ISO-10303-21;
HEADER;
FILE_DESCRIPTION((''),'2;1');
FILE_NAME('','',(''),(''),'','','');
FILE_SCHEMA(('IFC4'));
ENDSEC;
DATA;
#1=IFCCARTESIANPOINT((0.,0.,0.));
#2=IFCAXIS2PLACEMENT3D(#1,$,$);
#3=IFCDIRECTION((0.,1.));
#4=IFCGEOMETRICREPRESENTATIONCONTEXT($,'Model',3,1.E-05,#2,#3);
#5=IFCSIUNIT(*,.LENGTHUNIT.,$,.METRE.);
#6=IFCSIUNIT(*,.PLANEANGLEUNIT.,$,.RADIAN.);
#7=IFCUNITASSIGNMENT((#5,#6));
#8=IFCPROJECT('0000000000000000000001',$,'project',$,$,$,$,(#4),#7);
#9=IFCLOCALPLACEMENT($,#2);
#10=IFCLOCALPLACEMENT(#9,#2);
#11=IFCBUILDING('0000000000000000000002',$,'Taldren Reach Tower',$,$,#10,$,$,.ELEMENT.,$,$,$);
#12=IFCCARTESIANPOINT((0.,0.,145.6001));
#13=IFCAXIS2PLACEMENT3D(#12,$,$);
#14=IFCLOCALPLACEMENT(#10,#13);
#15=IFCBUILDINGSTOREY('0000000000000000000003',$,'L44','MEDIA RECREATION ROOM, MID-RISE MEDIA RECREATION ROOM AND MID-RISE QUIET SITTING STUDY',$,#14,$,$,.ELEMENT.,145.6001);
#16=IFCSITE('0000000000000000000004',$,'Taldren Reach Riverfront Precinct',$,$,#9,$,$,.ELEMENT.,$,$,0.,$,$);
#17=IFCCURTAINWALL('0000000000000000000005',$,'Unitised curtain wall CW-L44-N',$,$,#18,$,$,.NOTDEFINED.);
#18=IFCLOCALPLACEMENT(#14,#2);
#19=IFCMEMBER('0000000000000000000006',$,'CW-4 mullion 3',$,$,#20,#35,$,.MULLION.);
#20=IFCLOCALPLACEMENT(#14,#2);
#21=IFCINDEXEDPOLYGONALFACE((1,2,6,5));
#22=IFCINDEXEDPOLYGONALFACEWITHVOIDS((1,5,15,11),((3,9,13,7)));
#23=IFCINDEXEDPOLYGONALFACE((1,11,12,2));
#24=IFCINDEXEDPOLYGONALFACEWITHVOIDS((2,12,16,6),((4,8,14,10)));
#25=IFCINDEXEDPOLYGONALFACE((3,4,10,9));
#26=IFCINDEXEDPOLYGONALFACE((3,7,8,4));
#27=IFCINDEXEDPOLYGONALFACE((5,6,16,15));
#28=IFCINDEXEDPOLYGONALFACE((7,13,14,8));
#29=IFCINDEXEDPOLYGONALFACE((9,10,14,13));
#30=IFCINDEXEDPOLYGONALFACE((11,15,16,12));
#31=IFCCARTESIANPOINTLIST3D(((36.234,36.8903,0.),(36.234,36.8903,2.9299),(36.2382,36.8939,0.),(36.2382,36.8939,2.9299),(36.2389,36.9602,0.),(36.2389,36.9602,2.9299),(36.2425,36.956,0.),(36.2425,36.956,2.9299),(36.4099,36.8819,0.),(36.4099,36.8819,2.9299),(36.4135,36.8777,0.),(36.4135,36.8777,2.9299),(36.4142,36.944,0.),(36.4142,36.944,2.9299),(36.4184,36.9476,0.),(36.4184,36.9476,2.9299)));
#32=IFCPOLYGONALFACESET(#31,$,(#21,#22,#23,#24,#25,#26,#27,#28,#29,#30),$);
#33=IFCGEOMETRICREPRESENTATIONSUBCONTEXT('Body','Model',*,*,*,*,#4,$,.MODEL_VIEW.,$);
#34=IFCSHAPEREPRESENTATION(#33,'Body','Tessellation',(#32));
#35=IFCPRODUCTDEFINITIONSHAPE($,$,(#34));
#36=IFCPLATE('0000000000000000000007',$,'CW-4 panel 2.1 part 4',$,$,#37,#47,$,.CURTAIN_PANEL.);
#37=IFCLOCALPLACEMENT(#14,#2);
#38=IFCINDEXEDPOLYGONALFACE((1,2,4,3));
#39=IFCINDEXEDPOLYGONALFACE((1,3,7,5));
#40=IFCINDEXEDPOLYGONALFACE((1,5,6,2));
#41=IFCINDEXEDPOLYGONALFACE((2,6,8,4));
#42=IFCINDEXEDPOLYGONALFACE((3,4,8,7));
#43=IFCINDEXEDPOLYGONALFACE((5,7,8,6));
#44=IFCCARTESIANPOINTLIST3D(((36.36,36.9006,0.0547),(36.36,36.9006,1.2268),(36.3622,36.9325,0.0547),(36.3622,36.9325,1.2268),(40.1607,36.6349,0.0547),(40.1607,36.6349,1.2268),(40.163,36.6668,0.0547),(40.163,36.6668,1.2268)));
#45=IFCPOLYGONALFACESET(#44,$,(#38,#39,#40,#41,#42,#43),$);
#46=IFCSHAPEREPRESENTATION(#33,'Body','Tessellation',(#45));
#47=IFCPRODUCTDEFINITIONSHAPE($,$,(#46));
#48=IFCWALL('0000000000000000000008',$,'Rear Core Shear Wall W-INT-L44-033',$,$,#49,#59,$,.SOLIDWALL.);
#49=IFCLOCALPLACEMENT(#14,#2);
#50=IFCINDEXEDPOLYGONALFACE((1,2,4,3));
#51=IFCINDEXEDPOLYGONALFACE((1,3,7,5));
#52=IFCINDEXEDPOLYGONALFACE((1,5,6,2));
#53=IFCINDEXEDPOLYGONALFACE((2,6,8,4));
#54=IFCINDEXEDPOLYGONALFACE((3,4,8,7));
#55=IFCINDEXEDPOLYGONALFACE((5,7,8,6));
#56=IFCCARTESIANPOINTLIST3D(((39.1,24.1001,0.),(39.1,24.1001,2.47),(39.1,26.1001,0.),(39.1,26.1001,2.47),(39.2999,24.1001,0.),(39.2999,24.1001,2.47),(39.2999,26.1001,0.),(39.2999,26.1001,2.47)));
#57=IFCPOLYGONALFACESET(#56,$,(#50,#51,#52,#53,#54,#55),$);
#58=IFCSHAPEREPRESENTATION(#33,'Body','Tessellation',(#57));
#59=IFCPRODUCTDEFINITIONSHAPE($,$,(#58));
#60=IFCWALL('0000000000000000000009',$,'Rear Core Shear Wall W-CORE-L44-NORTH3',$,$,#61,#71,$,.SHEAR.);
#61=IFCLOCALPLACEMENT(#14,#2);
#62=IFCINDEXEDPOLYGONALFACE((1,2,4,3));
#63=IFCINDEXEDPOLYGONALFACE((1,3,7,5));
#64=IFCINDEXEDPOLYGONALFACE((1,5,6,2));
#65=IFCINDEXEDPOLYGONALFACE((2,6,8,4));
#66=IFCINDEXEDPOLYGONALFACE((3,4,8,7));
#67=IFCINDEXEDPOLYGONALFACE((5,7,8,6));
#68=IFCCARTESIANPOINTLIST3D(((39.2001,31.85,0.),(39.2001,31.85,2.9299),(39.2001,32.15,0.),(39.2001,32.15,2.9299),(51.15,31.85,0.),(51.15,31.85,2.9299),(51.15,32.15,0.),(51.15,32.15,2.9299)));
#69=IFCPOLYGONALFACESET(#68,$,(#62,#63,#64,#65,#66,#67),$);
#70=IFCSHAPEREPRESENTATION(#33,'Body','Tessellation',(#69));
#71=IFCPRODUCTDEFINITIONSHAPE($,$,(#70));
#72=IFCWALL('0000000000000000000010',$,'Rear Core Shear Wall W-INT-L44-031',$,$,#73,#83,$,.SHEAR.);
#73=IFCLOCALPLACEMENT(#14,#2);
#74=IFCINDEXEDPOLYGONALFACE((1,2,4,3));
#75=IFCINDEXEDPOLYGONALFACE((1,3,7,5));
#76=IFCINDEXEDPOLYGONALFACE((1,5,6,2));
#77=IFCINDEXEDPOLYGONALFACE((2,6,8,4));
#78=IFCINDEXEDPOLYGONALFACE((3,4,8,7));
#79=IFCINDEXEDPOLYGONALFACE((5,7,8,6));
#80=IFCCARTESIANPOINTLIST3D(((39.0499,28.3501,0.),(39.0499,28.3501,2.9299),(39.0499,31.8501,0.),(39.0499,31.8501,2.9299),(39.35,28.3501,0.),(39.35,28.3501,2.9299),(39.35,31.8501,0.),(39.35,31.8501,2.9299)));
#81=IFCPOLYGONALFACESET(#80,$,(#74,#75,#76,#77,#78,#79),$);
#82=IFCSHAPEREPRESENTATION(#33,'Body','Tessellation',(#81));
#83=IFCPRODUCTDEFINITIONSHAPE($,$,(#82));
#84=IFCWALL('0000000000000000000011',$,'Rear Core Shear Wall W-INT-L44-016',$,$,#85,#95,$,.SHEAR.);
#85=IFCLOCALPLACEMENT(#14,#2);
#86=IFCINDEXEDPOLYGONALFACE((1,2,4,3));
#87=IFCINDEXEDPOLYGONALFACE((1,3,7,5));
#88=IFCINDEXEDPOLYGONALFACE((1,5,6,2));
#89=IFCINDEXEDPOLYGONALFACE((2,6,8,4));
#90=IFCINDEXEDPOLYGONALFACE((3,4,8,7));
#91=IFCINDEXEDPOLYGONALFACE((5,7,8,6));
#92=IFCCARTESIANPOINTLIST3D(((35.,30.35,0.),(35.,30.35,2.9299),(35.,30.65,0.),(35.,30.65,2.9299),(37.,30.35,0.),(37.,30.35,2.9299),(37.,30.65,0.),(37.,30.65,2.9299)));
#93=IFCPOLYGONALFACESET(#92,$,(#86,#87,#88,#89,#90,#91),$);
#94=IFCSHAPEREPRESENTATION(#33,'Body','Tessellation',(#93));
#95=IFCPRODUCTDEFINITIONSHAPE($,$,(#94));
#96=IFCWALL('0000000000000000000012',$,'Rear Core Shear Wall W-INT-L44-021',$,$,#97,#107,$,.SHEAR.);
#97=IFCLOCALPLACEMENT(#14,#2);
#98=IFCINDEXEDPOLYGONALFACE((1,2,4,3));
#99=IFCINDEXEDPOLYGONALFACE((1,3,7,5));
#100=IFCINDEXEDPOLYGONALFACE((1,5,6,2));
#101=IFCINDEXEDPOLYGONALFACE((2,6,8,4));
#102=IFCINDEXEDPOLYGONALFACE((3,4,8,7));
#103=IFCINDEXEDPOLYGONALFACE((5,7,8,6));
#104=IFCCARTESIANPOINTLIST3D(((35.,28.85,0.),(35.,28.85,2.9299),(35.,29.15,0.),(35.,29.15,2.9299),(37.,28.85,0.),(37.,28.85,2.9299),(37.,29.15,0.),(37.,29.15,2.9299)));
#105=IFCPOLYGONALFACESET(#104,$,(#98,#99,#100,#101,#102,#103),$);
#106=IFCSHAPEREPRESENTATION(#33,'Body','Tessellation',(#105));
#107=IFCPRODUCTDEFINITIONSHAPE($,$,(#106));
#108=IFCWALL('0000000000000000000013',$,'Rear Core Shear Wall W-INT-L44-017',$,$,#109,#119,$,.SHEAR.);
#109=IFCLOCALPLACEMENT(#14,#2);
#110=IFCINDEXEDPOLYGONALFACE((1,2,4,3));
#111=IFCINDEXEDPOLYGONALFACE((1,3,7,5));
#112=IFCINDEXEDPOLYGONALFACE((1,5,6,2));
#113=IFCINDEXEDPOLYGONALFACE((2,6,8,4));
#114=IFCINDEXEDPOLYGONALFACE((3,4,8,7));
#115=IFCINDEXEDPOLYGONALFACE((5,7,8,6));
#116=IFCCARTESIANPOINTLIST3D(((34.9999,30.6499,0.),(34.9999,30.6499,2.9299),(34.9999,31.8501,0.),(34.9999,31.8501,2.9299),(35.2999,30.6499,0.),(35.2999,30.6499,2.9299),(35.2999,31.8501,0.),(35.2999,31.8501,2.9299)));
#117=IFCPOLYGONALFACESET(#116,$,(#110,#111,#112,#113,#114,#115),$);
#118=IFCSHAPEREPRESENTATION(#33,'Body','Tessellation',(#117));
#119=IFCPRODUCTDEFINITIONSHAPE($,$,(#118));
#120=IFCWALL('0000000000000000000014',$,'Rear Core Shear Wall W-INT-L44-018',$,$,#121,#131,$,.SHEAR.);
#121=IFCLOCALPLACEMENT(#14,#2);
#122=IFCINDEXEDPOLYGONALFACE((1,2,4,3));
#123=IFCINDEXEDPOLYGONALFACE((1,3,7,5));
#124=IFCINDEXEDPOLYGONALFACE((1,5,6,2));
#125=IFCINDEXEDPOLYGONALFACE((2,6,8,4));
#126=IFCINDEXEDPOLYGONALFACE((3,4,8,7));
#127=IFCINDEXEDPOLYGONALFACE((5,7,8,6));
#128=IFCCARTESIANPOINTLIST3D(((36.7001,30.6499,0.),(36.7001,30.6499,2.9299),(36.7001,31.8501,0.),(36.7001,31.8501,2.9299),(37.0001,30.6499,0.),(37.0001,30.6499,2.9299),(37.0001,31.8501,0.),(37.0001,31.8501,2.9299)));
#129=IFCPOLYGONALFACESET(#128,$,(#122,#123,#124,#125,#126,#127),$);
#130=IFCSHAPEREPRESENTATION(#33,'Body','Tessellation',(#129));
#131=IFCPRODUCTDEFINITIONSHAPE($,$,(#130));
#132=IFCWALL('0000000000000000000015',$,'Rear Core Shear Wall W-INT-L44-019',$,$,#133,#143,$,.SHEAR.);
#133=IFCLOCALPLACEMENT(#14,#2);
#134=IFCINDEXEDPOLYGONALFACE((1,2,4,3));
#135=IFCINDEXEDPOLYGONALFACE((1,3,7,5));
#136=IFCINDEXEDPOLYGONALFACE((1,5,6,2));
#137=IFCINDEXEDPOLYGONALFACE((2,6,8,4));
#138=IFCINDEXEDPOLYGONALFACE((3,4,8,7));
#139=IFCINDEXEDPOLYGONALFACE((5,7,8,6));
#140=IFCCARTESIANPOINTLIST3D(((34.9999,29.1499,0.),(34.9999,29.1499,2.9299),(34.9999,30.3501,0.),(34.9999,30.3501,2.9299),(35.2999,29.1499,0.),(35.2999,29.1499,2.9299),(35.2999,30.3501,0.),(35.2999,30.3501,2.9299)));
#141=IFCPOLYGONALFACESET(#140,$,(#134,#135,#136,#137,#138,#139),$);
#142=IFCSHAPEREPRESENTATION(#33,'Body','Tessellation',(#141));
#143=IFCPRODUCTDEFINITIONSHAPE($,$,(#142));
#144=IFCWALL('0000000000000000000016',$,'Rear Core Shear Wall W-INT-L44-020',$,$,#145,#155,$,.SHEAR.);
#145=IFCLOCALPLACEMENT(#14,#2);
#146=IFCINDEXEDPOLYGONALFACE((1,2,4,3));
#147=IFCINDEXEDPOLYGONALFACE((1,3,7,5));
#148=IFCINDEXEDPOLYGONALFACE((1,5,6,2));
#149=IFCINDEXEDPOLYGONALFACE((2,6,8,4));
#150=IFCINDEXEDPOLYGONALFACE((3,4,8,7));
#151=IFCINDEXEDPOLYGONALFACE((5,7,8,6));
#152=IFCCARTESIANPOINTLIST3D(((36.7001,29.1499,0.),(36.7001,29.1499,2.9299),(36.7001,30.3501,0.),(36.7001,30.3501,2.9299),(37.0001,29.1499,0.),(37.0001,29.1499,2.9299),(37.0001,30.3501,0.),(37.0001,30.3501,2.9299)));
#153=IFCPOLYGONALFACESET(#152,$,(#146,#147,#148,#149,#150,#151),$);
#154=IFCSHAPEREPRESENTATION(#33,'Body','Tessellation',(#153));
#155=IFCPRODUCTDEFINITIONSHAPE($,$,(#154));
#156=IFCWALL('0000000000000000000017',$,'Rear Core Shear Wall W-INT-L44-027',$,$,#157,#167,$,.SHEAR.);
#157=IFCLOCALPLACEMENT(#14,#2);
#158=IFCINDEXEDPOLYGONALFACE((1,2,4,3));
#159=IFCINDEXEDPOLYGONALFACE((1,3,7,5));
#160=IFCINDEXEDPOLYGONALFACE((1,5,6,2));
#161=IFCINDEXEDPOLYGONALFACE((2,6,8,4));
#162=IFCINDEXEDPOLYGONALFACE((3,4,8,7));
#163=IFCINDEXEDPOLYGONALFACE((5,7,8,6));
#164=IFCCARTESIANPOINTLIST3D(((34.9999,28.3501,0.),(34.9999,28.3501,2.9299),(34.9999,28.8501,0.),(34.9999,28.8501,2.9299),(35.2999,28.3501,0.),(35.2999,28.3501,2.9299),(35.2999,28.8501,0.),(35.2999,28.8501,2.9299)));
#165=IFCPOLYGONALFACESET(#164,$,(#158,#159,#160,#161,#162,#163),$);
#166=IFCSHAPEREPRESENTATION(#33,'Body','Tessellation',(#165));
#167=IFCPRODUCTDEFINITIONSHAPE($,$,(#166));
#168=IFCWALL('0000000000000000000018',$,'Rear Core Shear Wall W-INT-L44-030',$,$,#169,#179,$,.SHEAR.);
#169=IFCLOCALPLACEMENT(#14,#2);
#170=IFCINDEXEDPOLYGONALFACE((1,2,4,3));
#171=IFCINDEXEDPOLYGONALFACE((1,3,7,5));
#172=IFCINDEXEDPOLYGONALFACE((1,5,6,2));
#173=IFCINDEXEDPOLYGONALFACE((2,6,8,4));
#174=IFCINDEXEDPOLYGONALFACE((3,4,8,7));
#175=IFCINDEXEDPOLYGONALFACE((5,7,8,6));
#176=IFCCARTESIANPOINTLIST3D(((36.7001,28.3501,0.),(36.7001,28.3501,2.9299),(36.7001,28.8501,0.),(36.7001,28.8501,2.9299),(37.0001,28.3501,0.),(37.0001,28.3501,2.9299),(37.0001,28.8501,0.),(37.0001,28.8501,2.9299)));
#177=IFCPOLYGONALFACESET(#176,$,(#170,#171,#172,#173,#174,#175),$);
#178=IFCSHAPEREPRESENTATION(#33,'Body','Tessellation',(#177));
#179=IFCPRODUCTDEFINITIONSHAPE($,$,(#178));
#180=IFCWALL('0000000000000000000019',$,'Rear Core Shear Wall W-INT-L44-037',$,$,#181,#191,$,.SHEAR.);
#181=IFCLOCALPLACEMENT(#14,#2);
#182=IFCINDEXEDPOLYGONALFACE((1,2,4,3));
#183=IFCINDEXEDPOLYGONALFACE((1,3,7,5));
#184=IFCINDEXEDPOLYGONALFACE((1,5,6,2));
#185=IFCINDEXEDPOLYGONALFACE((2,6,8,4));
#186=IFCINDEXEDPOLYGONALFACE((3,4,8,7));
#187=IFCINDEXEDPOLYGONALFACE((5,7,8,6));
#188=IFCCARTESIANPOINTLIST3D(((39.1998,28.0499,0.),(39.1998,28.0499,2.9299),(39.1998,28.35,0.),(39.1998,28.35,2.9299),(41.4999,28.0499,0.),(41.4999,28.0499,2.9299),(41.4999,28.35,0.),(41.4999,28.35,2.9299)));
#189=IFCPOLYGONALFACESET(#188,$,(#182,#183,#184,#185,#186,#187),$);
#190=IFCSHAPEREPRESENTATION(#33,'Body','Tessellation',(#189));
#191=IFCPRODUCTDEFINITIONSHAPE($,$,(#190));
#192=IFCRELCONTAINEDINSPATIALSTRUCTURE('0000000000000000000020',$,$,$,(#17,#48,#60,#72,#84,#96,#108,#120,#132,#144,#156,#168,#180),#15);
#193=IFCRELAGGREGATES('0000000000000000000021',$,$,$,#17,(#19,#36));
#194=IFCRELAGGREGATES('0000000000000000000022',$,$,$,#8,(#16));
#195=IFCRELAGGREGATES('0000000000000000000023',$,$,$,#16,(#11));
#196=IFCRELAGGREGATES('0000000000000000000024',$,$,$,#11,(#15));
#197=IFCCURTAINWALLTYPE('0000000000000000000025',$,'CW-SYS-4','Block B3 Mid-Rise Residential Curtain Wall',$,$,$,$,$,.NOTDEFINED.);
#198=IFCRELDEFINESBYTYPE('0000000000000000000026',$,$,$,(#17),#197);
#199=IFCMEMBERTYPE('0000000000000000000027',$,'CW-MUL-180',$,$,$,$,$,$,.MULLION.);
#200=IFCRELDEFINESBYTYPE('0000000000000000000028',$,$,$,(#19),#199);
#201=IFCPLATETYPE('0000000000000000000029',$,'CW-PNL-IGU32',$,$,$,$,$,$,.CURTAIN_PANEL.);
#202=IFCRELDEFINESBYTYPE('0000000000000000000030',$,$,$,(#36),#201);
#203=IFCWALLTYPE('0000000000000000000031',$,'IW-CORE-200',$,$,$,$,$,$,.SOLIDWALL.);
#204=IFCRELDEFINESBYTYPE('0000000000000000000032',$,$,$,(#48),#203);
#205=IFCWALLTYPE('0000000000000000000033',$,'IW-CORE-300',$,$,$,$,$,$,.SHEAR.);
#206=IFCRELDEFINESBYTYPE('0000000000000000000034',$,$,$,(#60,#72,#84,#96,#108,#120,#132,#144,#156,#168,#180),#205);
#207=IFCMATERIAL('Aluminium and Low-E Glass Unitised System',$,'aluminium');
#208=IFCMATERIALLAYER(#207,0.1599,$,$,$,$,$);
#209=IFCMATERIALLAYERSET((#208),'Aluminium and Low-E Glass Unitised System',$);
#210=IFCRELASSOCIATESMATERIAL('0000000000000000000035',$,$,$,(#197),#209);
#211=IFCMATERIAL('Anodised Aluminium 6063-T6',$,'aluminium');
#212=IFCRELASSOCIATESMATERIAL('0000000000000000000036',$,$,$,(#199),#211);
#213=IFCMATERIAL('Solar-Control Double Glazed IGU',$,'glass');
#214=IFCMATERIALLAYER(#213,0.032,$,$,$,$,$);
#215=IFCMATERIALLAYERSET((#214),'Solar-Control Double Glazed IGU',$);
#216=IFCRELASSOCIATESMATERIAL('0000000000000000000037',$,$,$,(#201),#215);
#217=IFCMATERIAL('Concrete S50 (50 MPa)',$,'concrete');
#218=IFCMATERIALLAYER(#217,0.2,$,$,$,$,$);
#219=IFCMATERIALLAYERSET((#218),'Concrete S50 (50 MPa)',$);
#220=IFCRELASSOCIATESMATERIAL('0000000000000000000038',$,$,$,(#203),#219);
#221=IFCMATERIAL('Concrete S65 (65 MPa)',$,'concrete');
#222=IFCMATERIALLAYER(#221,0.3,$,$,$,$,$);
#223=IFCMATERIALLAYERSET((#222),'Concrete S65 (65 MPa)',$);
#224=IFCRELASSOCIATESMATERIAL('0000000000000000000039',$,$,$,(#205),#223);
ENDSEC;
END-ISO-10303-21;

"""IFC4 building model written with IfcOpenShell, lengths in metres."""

from ifc_helpers import new_model, si_unit, direction, frame, frame_2d, origin, origin_2d, place, context, subcontext, project, spatial, rectangle, hollow_rectangle, extrude, source, transform, mapped, material, layer, layer_set, material_profile, profile_set, type_object, element, aggregate, save


model = new_model("IFC4")

# Units and contexts
model_context = context("Model", 3, precision=1e-05, world=origin(), true_north=direction((0.0, 1.0)))
body_context = subcontext(model_context, "Body", "Model", "MODEL_VIEW")
ifc_project = project(units=[si_unit("LENGTHUNIT", "METRE"), si_unit("PLANEANGLEUNIT", "RADIAN")], contexts=[model_context])

# Site, building, storey
site_placement = place(None, origin())
site = spatial("IfcSite", under=ifc_project, at=site_placement, Name="Taldren Reach Riverfront Precinct", CompositionType="ELEMENT", RefElevation=0.0)
building_placement = place(site_placement, origin())
building = spatial("IfcBuilding", under=site, at=building_placement, Name="Taldren Reach Tower", CompositionType="ELEMENT")
storey_placement = place(building_placement, frame((0.0, 0.0, 145.6001)))
storey = spatial("IfcBuildingStorey", under=building, at=storey_placement, Name="L44", Description="MEDIA RECREATION ROOM, MID-RISE MEDIA RECREATION ROOM AND MID-RISE QUIET SITTING STUDY", CompositionType="ELEMENT", Elevation=145.6001)

# Curtain wall, member, plate
ifc_material_1 = material(Name="Aluminium and Low-E Glass Unitised System", Category="aluminium")
ifc_layer_1 = layer(ifc_material_1, 0.1599)
ifc_layer_set_1 = layer_set([ifc_layer_1], Name="Aluminium and Low-E Glass Unitised System")
curtain_wall_type = type_object("IfcCurtainWallType", Name="CW-SYS-4", Description="Block B3 Mid-Rise Residential Curtain Wall", PredefinedType="NOTDEFINED", material=ifc_layer_set_1)
curtain_wall_placement = place(storey_placement, origin())
curtain_wall = element("IfcCurtainWall", 1, at=curtain_wall_placement, inside=storey, type_object=curtain_wall_type, Name="Unitised curtain wall CW-L44-N", PredefinedType="NOTDEFINED")
ifc_material_2 = material(Name="Anodised Aluminium 6063-T6", Category="aluminium")
ifc_material_profile_1 = material_profile(ifc_material_2, hollow_rectangle(XDim=0.0701, YDim=0.1799, WallThickness=0.0039, at=origin_2d()), Name="ALU-180x70x4RHS")
ifc_profile_set_1 = profile_set([ifc_material_profile_1], Name="Anodised Aluminium 6063-T6")
member_type_1 = type_object("IfcMemberType", Name="CW-MUL-180", PredefinedType="MULLION", material=ifc_profile_set_1)
shared_shape_1 = source(origin(), body_context, "Body", "SweptSolid", [
    extrude(hollow_rectangle(XDim=0.0701, YDim=0.1799, WallThickness=0.0039, at=origin_2d()), origin(), (0.0, 0.0, 1.0), 2.9299),
])
member_1_placement = place(storey_placement, frame((36.3262, 36.9189, 0.0), z_axis=(0.0, 0.0, 1.0), x_axis=(-0.069757, -0.997564, 0.0)))
member_1 = element("IfcMember", 2, at=member_1_placement, type_object=member_type_1, Name="CW-4 mullion 3", PredefinedType="MULLION", context=body_context, shape_type="MappedRepresentation", body=[
    mapped(shared_shape_1, transform((0.0, 0.0, 0.0), scale=1.0)),
])
ifc_material_3 = material(Name="Solar-Control Double Glazed IGU", Category="glass")
ifc_layer_2 = layer(ifc_material_3, 0.032)
ifc_layer_set_2 = layer_set([ifc_layer_2], Name="Solar-Control Double Glazed IGU")
plate_type = type_object("IfcPlateType", Name="CW-PNL-IGU32", PredefinedType="CURTAIN_PANEL", material=ifc_layer_set_2)
shared_shape_2 = source(origin(), body_context, "Body", "SweptSolid", [
    extrude(rectangle(XDim=3.8101, YDim=0.032, at=origin_2d()), origin(), (0.0, 0.0, 1.0), 1.1721),
])
plate_placement = place(storey_placement, frame((38.2615, 36.7837, 0.0547), z_axis=(0.0, 0.0, 1.0), x_axis=(-0.997564, 0.069757, 0.0)))
plate = element("IfcPlate", 3, at=plate_placement, type_object=plate_type, Name="CW-4 panel 2.1 part 4", PredefinedType="CURTAIN_PANEL", context=body_context, shape_type="MappedRepresentation", body=[
    mapped(shared_shape_2, transform((0.0, 0.0, 0.0), scale=1.0)),
])
aggregate(curtain_wall, [member_1, plate])

# Walls
ifc_material_4 = material(Name="Concrete S50 (50 MPa)", Category="concrete")
ifc_layer_3 = layer(ifc_material_4, 0.2)
ifc_layer_set_3 = layer_set([ifc_layer_3], Name="Concrete S50 (50 MPa)")
wall_type_1 = type_object("IfcWallType", Name="IW-CORE-200", PredefinedType="SOLIDWALL", material=ifc_layer_set_3)
shared_shape_3 = source(origin(), body_context, "Body", "SweptSolid", [
    extrude(rectangle(XDim=2.0, YDim=0.2, at=frame_2d((1.0, 0.0))), origin(), (0.0, 0.0, 1.0), 2.47),
])
wall_1_placement = place(storey_placement, frame((39.2, 26.1001, 0.0), z_axis=(0.0, 0.0, 1.0), x_axis=(0.0, -1.0, 0.0)))
element("IfcWall", 4, at=wall_1_placement, inside=storey, type_object=wall_type_1, Name="Rear Core Shear Wall W-INT-L44-033", PredefinedType="SOLIDWALL", context=body_context, shape_type="MappedRepresentation", body=[
    mapped(shared_shape_3, transform((0.0, 0.0, 0.0), scale=1.0)),
])
ifc_material_5 = material(Name="Concrete S65 (65 MPa)", Category="concrete")
ifc_layer_4 = layer(ifc_material_5, 0.3)
ifc_layer_set_4 = layer_set([ifc_layer_4], Name="Concrete S65 (65 MPa)")
wall_type_2 = type_object("IfcWallType", Name="IW-CORE-300", PredefinedType="SHEAR", material=ifc_layer_set_4)
shared_shape_4 = source(origin(), body_context, "Body", "SweptSolid", [
    extrude(rectangle(XDim=11.95, YDim=0.3, at=frame_2d((5.9751, 0.0))), origin(), (0.0, 0.0, 1.0), 2.9299),
])
wall_2_placement = place(storey_placement, frame((39.2, 32.0, 0.0), z_axis=(0.0, 0.0, 1.0), x_axis=(1.0, 0.0, 0.0)))
element("IfcWall", 5, at=wall_2_placement, inside=storey, type_object=wall_type_2, Name="Rear Core Shear Wall W-CORE-L44-NORTH3", PredefinedType="SHEAR", context=body_context, shape_type="MappedRepresentation", body=[
    mapped(shared_shape_4, transform((0.0, 0.0, 0.0), scale=1.0)),
])
shared_shape_5 = source(origin(), body_context, "Body", "SweptSolid", [
    extrude(rectangle(XDim=3.5, YDim=0.3, at=frame_2d((1.75, 0.0))), origin(), (0.0, 0.0, 1.0), 2.9299),
])
wall_3_placement = place(storey_placement, frame((39.2, 28.3501, 0.0), z_axis=(0.0, 0.0, 1.0), x_axis=(0.0, 1.0, 0.0)))
element("IfcWall", 6, at=wall_3_placement, inside=storey, type_object=wall_type_2, Name="Rear Core Shear Wall W-INT-L44-031", PredefinedType="SHEAR", context=body_context, shape_type="MappedRepresentation", body=[
    mapped(shared_shape_5, transform((0.0, 0.0, 0.0), scale=1.0)),
])
shared_shape_6 = source(origin(), body_context, "Body", "SweptSolid", [
    extrude(rectangle(XDim=2.0, YDim=0.3, at=frame_2d((1.0, 0.0))), origin(), (0.0, 0.0, 1.0), 2.9299),
])
for number, where, z_axis, x_axis, name in (
    (7, (35.0, 30.5, 0.0), (0.0, 0.0, 1.0), (1.0, 0.0, 0.0), "Rear Core Shear Wall W-INT-L44-016"),
    (8, (35.0, 29.0, 0.0), (0.0, 0.0, 1.0), (1.0, 0.0, 0.0), "Rear Core Shear Wall W-INT-L44-021"),
):
    element("IfcWall", number, at=place(storey_placement, frame(where, z_axis=z_axis, x_axis=x_axis)), inside=storey, type_object=wall_type_2, Name=name, PredefinedType="SHEAR", context=body_context, shape_type="MappedRepresentation", body=[
        mapped(shared_shape_6, transform((0.0, 0.0, 0.0), scale=1.0)),
    ])
shared_shape_7 = source(origin(), body_context, "Body", "SweptSolid", [
    extrude(rectangle(XDim=1.2002, YDim=0.3, at=frame_2d((0.6001, 0.0))), origin(), (0.0, 0.0, 1.0), 2.9299),
])
for number, where, z_axis, x_axis, name in (
    (9, (35.1499, 31.8501, 0.0), (0.0, 0.0, 1.0), (0.0, -1.0, 0.0), "Rear Core Shear Wall W-INT-L44-017"),
    (10, (36.8501, 30.6499, 0.0), (0.0, 0.0, 1.0), (0.0, 1.0, 0.0), "Rear Core Shear Wall W-INT-L44-018"),
    (11, (35.1499, 30.3501, 0.0), (0.0, 0.0, 1.0), (0.0, -1.0, 0.0), "Rear Core Shear Wall W-INT-L44-019"),
    (12, (36.8501, 29.1499, 0.0), (0.0, 0.0, 1.0), (0.0, 1.0, 0.0), "Rear Core Shear Wall W-INT-L44-020"),
):
    element("IfcWall", number, at=place(storey_placement, frame(where, z_axis=z_axis, x_axis=x_axis)), inside=storey, type_object=wall_type_2, Name=name, PredefinedType="SHEAR", context=body_context, shape_type="MappedRepresentation", body=[
        mapped(shared_shape_7, transform((0.0, 0.0, 0.0), scale=1.0)),
    ])
shared_shape_8 = source(origin(), body_context, "Body", "SweptSolid", [
    extrude(rectangle(XDim=0.5, YDim=0.3, at=frame_2d((0.25, 0.0))), origin(), (0.0, 0.0, 1.0), 2.9299),
])
for number, where, z_axis, x_axis, name in (
    (13, (35.1499, 28.3501, 0.0), (0.0, 0.0, 1.0), (0.0, 1.0, 0.0), "Rear Core Shear Wall W-INT-L44-027"),
    (14, (36.8501, 28.8501, 0.0), (0.0, 0.0, 1.0), (0.0, -1.0, 0.0), "Rear Core Shear Wall W-INT-L44-030"),
):
    element("IfcWall", number, at=place(storey_placement, frame(where, z_axis=z_axis, x_axis=x_axis)), inside=storey, type_object=wall_type_2, Name=name, PredefinedType="SHEAR", context=body_context, shape_type="MappedRepresentation", body=[
        mapped(shared_shape_8, transform((0.0, 0.0, 0.0), scale=1.0)),
    ])

# Wall
shared_shape_9 = source(origin(), body_context, "Body", "SweptSolid", [
    extrude(rectangle(XDim=2.3, YDim=0.3, at=frame_2d((1.1499, 0.0))), origin(), (0.0, 0.0, 1.0), 2.9299),
])
wall_4_placement = place(storey_placement, frame((39.2, 28.2, 0.0), z_axis=(0.0, 0.0, 1.0), x_axis=(1.0, 0.0, 0.0)))
element("IfcWall", 15, at=wall_4_placement, inside=storey, type_object=wall_type_2, Name="Rear Core Shear Wall W-INT-L44-037", PredefinedType="SHEAR", context=body_context, shape_type="MappedRepresentation", body=[
    mapped(shared_shape_9, transform((0.0, 0.0, 0.0), scale=1.0)),
])

save(model, "model.ifc")
